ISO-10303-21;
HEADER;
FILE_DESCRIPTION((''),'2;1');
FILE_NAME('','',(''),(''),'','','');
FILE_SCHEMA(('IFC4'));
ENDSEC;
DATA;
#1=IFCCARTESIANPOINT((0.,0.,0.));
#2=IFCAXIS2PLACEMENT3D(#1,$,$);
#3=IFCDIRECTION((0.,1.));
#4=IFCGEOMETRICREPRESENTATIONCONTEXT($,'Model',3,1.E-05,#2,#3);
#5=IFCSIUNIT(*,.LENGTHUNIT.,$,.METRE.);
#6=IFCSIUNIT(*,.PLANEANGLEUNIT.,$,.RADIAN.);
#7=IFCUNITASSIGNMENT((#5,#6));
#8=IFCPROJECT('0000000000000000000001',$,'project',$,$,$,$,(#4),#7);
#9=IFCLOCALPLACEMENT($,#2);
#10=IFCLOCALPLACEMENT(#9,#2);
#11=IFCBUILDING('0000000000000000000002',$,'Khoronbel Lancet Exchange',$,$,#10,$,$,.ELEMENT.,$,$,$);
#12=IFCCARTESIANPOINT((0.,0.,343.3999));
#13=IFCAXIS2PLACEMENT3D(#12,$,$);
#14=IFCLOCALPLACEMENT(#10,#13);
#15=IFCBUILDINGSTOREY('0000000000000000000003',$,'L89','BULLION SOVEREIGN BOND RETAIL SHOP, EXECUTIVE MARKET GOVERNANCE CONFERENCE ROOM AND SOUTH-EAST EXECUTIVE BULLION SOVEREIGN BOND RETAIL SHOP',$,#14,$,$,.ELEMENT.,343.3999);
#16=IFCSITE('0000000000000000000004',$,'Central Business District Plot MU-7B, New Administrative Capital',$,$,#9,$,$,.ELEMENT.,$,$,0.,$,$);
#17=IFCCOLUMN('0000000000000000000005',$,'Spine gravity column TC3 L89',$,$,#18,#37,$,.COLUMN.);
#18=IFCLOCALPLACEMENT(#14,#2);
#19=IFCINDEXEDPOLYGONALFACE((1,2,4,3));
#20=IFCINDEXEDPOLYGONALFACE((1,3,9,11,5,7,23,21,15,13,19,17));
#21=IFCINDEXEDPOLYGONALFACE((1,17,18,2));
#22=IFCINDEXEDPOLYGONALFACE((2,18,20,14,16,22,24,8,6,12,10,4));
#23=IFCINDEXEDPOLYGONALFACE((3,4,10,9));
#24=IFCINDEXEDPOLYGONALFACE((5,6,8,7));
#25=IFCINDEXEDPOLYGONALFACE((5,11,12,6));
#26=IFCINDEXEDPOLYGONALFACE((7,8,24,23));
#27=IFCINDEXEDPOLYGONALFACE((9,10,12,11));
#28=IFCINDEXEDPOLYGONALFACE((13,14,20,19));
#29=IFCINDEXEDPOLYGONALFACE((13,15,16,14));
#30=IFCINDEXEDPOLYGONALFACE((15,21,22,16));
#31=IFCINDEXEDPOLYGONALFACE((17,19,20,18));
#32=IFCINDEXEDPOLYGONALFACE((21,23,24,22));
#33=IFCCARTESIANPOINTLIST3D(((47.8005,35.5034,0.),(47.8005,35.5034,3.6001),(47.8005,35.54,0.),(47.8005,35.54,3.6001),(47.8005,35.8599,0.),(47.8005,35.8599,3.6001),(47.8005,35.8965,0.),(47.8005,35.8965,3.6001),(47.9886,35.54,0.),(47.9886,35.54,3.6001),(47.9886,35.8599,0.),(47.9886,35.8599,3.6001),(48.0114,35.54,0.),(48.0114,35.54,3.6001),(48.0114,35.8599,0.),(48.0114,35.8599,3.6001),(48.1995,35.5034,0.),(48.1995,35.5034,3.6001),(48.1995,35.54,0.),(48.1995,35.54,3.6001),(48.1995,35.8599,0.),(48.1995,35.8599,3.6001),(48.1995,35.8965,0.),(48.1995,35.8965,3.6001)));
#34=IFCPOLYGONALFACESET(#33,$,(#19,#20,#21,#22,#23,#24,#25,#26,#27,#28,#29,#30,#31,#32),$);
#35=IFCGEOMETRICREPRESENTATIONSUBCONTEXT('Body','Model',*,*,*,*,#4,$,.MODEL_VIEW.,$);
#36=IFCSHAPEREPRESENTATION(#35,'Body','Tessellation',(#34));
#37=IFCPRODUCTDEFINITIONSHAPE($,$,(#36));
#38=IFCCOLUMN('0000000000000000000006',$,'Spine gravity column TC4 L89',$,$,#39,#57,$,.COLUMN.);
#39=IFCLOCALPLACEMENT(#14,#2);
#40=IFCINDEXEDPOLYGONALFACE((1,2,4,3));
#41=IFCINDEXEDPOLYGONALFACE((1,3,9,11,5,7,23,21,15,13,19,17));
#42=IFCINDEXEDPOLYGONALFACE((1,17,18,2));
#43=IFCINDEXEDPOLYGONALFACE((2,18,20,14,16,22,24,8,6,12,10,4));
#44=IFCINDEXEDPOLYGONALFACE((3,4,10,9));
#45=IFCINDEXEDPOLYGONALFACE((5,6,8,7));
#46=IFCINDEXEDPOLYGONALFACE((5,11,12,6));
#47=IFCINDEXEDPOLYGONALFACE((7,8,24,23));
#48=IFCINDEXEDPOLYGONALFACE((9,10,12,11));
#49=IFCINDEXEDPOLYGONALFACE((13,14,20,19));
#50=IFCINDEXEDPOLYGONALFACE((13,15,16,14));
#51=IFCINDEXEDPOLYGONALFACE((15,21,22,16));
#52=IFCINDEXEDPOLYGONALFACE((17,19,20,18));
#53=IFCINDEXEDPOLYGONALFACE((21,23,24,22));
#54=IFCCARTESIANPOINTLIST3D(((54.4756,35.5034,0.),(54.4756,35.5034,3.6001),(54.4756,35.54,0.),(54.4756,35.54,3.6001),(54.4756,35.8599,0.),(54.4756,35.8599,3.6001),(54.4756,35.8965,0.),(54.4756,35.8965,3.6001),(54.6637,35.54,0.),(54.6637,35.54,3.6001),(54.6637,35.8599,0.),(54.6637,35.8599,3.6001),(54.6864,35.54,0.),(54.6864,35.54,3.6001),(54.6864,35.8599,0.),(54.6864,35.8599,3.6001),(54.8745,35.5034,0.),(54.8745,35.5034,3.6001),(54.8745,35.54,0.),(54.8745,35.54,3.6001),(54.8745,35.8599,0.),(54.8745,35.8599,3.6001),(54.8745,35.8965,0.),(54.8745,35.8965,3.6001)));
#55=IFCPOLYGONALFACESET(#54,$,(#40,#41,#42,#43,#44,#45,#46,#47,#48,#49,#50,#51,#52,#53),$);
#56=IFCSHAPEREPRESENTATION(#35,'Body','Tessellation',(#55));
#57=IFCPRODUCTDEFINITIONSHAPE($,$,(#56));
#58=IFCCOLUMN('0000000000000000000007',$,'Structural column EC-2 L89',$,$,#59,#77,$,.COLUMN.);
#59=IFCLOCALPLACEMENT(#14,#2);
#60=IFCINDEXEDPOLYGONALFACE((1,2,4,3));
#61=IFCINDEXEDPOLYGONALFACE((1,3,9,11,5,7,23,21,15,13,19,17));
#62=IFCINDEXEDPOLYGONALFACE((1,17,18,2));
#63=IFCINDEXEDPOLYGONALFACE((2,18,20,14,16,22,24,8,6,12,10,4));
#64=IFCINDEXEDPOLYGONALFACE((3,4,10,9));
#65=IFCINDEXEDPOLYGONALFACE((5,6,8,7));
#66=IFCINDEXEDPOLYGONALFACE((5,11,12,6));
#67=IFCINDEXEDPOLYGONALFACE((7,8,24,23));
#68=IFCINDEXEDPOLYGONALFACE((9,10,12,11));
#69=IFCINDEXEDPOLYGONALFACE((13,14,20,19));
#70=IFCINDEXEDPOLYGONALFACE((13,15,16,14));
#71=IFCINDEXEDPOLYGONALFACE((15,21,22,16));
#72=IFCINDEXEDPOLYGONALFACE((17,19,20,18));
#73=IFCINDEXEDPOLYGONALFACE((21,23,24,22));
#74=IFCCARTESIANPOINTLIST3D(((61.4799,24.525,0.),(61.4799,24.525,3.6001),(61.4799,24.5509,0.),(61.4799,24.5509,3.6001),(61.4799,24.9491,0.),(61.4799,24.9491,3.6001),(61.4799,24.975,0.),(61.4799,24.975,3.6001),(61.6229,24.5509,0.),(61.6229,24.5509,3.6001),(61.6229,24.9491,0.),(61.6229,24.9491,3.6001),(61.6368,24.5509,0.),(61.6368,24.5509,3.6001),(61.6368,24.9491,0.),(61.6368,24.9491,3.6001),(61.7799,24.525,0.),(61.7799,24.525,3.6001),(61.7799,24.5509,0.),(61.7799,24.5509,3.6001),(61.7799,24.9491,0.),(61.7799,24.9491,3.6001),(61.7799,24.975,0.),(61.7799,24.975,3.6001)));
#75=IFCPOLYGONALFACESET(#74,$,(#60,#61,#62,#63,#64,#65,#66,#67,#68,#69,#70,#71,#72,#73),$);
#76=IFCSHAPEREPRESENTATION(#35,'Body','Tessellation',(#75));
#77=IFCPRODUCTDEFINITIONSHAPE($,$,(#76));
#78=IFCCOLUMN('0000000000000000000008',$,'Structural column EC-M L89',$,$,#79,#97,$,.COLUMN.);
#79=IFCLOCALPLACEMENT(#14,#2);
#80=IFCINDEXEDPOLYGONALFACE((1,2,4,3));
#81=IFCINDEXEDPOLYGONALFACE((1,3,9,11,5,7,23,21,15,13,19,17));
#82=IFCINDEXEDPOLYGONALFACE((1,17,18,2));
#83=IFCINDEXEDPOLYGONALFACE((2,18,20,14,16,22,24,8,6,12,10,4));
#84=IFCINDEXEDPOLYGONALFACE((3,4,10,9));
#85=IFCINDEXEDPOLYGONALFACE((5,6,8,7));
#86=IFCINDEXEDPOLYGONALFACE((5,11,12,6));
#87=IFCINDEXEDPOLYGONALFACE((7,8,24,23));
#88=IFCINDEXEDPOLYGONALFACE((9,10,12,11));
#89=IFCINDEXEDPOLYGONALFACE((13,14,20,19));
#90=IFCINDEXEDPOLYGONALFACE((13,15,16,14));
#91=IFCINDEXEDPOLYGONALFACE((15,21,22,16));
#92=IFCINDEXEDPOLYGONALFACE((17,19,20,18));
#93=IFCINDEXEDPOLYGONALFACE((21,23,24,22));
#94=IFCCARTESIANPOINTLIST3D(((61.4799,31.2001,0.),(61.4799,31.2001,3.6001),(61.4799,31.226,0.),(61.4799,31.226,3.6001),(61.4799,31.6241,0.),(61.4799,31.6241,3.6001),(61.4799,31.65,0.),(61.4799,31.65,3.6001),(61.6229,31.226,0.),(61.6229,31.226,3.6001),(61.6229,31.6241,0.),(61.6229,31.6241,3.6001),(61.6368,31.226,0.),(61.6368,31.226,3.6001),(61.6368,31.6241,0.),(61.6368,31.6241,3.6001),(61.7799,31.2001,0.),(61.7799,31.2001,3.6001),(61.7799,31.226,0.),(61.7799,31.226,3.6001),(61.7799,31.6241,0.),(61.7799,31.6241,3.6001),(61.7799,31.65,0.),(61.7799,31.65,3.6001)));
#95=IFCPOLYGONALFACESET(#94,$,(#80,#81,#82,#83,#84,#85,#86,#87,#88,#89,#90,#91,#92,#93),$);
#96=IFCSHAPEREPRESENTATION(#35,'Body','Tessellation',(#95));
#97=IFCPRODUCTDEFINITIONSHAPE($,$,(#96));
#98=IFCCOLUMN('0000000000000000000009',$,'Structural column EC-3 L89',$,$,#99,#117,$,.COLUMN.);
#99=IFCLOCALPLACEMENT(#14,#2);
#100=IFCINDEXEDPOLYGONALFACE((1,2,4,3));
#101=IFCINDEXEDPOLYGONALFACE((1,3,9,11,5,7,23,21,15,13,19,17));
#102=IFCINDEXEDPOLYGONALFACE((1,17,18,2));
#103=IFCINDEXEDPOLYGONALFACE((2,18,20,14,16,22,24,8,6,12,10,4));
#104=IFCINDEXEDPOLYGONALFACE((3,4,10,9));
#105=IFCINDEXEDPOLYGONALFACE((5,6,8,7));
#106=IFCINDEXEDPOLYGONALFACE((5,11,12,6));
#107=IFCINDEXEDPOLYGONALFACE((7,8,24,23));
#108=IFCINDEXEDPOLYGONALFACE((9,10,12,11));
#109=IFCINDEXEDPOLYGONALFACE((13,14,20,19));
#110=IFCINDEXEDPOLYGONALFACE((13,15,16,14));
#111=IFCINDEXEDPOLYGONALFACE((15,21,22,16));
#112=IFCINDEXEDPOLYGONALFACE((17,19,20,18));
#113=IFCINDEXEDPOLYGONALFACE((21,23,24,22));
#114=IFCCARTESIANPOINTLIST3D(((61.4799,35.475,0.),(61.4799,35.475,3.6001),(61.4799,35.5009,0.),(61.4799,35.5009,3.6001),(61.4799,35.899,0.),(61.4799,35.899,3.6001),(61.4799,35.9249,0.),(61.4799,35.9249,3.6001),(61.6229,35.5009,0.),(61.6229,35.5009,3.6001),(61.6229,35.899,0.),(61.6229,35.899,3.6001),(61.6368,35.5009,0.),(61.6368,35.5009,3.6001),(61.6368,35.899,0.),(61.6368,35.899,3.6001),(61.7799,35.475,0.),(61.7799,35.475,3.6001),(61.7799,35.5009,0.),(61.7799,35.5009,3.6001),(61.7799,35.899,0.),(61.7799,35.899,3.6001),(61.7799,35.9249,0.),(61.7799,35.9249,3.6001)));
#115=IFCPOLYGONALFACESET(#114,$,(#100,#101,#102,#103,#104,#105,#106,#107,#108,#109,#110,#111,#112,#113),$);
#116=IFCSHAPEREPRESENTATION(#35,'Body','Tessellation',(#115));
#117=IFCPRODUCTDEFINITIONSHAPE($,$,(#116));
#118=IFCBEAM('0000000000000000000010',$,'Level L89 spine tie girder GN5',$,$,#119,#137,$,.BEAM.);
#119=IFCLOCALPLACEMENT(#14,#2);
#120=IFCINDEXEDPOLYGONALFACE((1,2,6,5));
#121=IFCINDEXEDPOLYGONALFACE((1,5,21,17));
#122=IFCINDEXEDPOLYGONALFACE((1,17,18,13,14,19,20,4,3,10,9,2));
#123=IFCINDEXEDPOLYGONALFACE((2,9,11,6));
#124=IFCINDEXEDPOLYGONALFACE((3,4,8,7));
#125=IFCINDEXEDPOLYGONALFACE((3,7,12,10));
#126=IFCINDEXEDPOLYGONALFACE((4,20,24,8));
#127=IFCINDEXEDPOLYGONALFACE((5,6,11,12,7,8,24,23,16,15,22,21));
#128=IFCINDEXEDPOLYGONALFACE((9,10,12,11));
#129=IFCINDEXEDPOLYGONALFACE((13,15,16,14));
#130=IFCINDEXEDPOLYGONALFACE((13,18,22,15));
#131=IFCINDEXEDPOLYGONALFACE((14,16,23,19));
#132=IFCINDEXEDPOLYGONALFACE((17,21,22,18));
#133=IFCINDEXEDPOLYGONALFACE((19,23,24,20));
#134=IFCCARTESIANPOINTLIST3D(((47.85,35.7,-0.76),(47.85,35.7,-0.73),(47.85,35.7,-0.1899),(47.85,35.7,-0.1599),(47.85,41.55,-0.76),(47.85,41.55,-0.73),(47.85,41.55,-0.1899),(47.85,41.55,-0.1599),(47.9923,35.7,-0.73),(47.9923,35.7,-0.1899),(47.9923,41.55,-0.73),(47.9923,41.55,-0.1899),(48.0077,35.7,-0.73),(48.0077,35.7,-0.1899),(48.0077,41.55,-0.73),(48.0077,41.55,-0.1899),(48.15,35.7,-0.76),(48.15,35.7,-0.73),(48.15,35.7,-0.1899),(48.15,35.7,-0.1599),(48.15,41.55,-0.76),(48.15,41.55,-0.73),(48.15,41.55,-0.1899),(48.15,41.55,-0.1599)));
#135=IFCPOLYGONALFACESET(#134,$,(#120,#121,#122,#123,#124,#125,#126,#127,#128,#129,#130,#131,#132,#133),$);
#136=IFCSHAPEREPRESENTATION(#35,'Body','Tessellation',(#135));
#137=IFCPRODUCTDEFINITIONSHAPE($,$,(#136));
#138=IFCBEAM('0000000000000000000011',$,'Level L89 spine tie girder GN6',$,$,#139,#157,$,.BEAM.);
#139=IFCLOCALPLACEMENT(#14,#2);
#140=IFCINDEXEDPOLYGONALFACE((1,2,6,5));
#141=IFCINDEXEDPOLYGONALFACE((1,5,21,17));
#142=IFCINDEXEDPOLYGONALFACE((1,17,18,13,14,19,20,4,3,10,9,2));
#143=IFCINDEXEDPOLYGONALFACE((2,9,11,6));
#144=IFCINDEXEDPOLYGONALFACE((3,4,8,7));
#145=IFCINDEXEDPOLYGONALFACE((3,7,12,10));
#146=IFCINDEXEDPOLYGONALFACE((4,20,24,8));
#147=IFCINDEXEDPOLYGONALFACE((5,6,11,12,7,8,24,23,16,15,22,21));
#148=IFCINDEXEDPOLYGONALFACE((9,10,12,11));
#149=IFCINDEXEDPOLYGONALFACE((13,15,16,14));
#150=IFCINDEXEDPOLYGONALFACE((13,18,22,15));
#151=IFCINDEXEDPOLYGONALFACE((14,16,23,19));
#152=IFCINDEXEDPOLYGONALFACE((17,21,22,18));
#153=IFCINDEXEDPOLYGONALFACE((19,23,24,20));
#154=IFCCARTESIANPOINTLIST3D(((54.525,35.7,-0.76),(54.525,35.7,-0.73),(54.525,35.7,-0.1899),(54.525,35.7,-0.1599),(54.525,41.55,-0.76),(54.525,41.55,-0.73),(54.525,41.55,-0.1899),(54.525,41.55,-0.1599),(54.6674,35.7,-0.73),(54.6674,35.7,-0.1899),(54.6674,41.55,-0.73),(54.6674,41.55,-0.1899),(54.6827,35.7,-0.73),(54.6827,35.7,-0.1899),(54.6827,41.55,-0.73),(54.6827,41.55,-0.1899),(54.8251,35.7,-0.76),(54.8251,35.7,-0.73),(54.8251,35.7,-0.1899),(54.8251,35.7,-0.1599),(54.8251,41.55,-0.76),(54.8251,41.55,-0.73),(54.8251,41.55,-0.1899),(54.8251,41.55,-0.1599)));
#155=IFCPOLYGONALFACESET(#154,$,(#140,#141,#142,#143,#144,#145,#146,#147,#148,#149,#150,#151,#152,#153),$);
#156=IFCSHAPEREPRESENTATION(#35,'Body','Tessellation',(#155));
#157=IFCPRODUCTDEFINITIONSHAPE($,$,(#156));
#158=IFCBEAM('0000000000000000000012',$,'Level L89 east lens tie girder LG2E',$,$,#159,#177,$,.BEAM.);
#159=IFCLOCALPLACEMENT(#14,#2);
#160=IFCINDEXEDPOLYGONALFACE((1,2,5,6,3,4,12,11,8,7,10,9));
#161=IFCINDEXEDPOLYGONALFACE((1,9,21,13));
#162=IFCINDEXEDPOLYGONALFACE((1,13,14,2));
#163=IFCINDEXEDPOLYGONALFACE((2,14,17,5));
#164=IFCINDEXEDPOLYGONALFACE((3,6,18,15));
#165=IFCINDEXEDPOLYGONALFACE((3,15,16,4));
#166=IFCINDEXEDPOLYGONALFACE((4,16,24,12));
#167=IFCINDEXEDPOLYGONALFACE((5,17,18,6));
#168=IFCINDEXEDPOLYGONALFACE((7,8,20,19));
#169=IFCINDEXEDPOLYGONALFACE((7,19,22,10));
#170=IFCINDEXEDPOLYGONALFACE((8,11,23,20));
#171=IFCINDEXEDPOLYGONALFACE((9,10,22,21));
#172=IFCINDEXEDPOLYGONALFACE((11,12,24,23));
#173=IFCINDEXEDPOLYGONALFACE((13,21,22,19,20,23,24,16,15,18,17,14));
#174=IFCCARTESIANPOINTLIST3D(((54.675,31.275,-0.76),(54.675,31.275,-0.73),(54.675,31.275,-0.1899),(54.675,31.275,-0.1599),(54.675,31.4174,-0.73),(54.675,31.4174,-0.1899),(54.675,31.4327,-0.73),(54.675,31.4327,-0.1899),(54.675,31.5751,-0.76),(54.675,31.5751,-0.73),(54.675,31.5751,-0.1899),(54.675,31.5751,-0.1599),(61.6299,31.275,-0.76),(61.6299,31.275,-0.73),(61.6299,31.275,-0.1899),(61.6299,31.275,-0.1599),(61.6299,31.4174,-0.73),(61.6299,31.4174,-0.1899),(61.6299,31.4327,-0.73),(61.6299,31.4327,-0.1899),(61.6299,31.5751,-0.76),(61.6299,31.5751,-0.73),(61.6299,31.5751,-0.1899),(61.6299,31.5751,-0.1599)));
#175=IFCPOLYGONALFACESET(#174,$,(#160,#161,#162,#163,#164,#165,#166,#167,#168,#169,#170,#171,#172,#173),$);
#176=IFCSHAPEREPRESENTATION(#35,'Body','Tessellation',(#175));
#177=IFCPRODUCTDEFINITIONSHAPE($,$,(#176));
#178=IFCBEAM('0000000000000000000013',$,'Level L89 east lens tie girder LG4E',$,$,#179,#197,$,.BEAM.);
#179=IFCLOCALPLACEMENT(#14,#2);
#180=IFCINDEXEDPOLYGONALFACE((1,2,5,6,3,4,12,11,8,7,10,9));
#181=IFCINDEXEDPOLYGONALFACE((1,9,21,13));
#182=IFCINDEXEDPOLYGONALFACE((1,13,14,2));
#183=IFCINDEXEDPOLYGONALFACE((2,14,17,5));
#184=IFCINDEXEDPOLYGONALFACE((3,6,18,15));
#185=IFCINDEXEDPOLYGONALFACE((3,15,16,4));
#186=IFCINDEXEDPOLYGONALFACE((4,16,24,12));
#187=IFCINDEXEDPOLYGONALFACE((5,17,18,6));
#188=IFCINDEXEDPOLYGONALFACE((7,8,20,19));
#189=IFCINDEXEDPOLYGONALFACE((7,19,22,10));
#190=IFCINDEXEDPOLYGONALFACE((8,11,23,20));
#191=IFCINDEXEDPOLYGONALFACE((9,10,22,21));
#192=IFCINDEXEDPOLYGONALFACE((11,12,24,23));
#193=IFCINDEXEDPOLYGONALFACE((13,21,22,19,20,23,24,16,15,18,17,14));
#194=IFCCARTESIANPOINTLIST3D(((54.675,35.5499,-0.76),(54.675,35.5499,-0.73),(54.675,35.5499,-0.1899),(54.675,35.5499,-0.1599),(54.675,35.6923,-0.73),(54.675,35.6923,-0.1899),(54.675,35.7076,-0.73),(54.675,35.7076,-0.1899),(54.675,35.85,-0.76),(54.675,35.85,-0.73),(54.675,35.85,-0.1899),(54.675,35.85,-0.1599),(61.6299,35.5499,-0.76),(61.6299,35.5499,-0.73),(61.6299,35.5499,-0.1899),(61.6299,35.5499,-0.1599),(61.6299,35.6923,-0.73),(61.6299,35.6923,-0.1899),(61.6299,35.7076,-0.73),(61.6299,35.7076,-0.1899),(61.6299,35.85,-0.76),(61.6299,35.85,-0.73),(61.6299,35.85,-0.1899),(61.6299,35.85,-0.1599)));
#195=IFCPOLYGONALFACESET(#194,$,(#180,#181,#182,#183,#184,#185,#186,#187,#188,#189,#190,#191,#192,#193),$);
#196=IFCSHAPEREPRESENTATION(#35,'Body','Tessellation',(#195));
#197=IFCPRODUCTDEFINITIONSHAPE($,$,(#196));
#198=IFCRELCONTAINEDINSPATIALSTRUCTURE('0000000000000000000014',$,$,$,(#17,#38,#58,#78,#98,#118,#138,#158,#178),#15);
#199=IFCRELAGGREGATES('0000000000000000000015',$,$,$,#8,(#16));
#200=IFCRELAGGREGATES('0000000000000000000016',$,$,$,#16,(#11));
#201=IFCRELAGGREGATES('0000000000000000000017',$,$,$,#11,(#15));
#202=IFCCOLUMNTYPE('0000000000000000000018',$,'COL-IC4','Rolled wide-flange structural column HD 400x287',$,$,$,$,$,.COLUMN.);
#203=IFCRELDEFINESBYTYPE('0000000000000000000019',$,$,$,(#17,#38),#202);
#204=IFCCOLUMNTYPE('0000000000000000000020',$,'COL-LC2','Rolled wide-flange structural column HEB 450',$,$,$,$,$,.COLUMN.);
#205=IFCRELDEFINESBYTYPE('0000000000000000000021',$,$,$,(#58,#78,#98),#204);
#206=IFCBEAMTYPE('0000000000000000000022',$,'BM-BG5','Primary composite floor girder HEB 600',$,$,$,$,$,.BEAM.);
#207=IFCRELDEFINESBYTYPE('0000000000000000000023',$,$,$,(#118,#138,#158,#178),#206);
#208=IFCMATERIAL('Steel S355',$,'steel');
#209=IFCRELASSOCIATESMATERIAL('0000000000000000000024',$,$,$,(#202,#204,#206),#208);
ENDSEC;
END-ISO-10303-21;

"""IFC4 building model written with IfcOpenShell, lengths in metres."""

from ifc_helpers import new_model, si_unit, direction, frame, origin, origin_2d, place, context, subcontext, project, spatial, i_section, extrude, material, material_profile, profile_set, type_object, element, save


model = new_model("IFC4")

# Units and contexts
model_context = context("Model", 3, precision=1e-05, world=origin(), true_north=direction((0.0, 1.0)))
body_context = subcontext(model_context, "Body", "Model", "MODEL_VIEW")
ifc_project = project(units=[si_unit("LENGTHUNIT", "METRE"), si_unit("PLANEANGLEUNIT", "RADIAN")], contexts=[model_context])

# Site, building, storey
site_placement = place(None, origin())
site = spatial("IfcSite", under=ifc_project, at=site_placement, Name="Central Business District Plot MU-7B, New Administrative Capital", CompositionType="ELEMENT", RefElevation=0.0)
building_placement = place(site_placement, origin())
building = spatial("IfcBuilding", under=site, at=building_placement, Name="Khoronbel Lancet Exchange", CompositionType="ELEMENT")
storey_placement = place(building_placement, frame((0.0, 0.0, 343.3999)))
storey = spatial("IfcBuildingStorey", under=building, at=storey_placement, Name="L89", Description="BULLION SOVEREIGN BOND RETAIL SHOP, EXECUTIVE MARKET GOVERNANCE CONFERENCE ROOM AND SOUTH-EAST EXECUTIVE BULLION SOVEREIGN BOND RETAIL SHOP", CompositionType="ELEMENT", Elevation=343.3999)

# Columns
ifc_material_1 = material(Name="Steel S355", Category="steel")
ifc_material_profile_1 = material_profile(ifc_material_1, i_section(OverallWidth=0.3989, OverallDepth=0.3931, WebThickness=0.0227, FlangeThickness=0.0366, at=origin_2d()), Name="HD 400x287")
ifc_profile_set_1 = profile_set([ifc_material_profile_1], Name="Steel S355")
column_type_1 = type_object("IfcColumnType", Name="COL-IC4", Description="Rolled wide-flange structural column HD 400x287", PredefinedType="COLUMN", material=ifc_profile_set_1)
for number, where, z_axis, x_axis, name in (
    (1, (48.0, 35.7, 0.0), (0.0, 0.0, 1.0), (1.0, 0.0, 0.0), "Spine gravity column TC3 L89"),
    (2, (54.675, 35.7, 0.0), (0.0, 0.0, 1.0), (1.0, 0.0, 0.0), "Spine gravity column TC4 L89"),
):
    element("IfcColumn", number, at=place(storey_placement, frame(where, z_axis=z_axis, x_axis=x_axis)), inside=storey, type_object=column_type_1, Name=name, PredefinedType="COLUMN", context=body_context, shape_type="SweptSolid", body=[
        extrude(i_section(OverallWidth=0.3989, OverallDepth=0.3931, WebThickness=0.0227, FlangeThickness=0.0366, at=origin_2d()), origin(), (0.0, 0.0, 1.0), 3.6001),
    ])
ifc_material_profile_2 = material_profile(ifc_material_1, i_section(OverallWidth=0.3, OverallDepth=0.45, WebThickness=0.0139, FlangeThickness=0.0259, at=origin_2d()), Name="HEB 450")
ifc_profile_set_2 = profile_set([ifc_material_profile_2], Name="Steel S355")
column_type_2 = type_object("IfcColumnType", Name="COL-LC2", Description="Rolled wide-flange structural column HEB 450", PredefinedType="COLUMN", material=ifc_profile_set_2)
for number, where, z_axis, x_axis, name in (
    (3, (61.6299, 24.75, 0.0), (0.0, 0.0, 1.0), (1.0, 0.0, 0.0), "Structural column EC-2 L89"),
    (4, (61.6299, 31.425, 0.0), (0.0, 0.0, 1.0), (1.0, 0.0, 0.0), "Structural column EC-M L89"),
    (5, (61.6299, 35.7, 0.0), (0.0, 0.0, 1.0), (1.0, 0.0, 0.0), "Structural column EC-3 L89"),
):
    element("IfcColumn", number, at=place(storey_placement, frame(where, z_axis=z_axis, x_axis=x_axis)), inside=storey, type_object=column_type_2, Name=name, PredefinedType="COLUMN", context=body_context, shape_type="SweptSolid", body=[
        extrude(i_section(OverallWidth=0.3, OverallDepth=0.45, WebThickness=0.0139, FlangeThickness=0.0259, at=origin_2d()), origin(), (0.0, 0.0, 1.0), 3.6001),
    ])

# Beams
ifc_material_profile_3 = material_profile(ifc_material_1, i_section(OverallWidth=0.3, OverallDepth=0.6001, WebThickness=0.0154, FlangeThickness=0.03, at=origin_2d()), Name="HEB 600")
ifc_profile_set_3 = profile_set([ifc_material_profile_3], Name="Steel S355")
beam_type_1 = type_object("IfcBeamType", Name="BM-BG5", Description="Primary composite floor girder HEB 600", PredefinedType="BEAM", material=ifc_profile_set_3)
for number, where, z_axis, x_axis, name in (
    (6, (48.0, 35.7, -0.46), (0.0, 1.0, 0.0), (-1.0, 0.0, 0.0), "Level L89 spine tie girder GN5"),
    (7, (54.675, 35.7, -0.46), (0.0, 1.0, 0.0), (-1.0, 0.0, 0.0), "Level L89 spine tie girder GN6"),
):
    element("IfcBeam", number, at=place(storey_placement, frame(where, z_axis=z_axis, x_axis=x_axis)), inside=storey, type_object=beam_type_1, Name=name, PredefinedType="BEAM", context=body_context, shape_type="SweptSolid", body=[
        extrude(i_section(OverallWidth=0.3, OverallDepth=0.6001, WebThickness=0.0154, FlangeThickness=0.03, at=origin_2d()), origin(), (0.0, 0.0, 1.0), 5.8501),
    ])
for number, where, z_axis, x_axis, name in (
    (8, (54.675, 31.425, -0.46), (1.0, 0.0, 0.0), (0.0, 1.0, 0.0), "Level L89 east lens tie girder LG2E"),
    (9, (54.675, 35.7, -0.46), (1.0, 0.0, 0.0), (0.0, 1.0, 0.0), "Level L89 east lens tie girder LG4E"),
):
    element("IfcBeam", number, at=place(storey_placement, frame(where, z_axis=z_axis, x_axis=x_axis)), inside=storey, type_object=beam_type_1, Name=name, PredefinedType="BEAM", context=body_context, shape_type="SweptSolid", body=[
        extrude(i_section(OverallWidth=0.3, OverallDepth=0.6001, WebThickness=0.0154, FlangeThickness=0.03, at=origin_2d()), origin(), (0.0, 0.0, 1.0), 6.9548),
    ])

save(model, "model.ifc")
